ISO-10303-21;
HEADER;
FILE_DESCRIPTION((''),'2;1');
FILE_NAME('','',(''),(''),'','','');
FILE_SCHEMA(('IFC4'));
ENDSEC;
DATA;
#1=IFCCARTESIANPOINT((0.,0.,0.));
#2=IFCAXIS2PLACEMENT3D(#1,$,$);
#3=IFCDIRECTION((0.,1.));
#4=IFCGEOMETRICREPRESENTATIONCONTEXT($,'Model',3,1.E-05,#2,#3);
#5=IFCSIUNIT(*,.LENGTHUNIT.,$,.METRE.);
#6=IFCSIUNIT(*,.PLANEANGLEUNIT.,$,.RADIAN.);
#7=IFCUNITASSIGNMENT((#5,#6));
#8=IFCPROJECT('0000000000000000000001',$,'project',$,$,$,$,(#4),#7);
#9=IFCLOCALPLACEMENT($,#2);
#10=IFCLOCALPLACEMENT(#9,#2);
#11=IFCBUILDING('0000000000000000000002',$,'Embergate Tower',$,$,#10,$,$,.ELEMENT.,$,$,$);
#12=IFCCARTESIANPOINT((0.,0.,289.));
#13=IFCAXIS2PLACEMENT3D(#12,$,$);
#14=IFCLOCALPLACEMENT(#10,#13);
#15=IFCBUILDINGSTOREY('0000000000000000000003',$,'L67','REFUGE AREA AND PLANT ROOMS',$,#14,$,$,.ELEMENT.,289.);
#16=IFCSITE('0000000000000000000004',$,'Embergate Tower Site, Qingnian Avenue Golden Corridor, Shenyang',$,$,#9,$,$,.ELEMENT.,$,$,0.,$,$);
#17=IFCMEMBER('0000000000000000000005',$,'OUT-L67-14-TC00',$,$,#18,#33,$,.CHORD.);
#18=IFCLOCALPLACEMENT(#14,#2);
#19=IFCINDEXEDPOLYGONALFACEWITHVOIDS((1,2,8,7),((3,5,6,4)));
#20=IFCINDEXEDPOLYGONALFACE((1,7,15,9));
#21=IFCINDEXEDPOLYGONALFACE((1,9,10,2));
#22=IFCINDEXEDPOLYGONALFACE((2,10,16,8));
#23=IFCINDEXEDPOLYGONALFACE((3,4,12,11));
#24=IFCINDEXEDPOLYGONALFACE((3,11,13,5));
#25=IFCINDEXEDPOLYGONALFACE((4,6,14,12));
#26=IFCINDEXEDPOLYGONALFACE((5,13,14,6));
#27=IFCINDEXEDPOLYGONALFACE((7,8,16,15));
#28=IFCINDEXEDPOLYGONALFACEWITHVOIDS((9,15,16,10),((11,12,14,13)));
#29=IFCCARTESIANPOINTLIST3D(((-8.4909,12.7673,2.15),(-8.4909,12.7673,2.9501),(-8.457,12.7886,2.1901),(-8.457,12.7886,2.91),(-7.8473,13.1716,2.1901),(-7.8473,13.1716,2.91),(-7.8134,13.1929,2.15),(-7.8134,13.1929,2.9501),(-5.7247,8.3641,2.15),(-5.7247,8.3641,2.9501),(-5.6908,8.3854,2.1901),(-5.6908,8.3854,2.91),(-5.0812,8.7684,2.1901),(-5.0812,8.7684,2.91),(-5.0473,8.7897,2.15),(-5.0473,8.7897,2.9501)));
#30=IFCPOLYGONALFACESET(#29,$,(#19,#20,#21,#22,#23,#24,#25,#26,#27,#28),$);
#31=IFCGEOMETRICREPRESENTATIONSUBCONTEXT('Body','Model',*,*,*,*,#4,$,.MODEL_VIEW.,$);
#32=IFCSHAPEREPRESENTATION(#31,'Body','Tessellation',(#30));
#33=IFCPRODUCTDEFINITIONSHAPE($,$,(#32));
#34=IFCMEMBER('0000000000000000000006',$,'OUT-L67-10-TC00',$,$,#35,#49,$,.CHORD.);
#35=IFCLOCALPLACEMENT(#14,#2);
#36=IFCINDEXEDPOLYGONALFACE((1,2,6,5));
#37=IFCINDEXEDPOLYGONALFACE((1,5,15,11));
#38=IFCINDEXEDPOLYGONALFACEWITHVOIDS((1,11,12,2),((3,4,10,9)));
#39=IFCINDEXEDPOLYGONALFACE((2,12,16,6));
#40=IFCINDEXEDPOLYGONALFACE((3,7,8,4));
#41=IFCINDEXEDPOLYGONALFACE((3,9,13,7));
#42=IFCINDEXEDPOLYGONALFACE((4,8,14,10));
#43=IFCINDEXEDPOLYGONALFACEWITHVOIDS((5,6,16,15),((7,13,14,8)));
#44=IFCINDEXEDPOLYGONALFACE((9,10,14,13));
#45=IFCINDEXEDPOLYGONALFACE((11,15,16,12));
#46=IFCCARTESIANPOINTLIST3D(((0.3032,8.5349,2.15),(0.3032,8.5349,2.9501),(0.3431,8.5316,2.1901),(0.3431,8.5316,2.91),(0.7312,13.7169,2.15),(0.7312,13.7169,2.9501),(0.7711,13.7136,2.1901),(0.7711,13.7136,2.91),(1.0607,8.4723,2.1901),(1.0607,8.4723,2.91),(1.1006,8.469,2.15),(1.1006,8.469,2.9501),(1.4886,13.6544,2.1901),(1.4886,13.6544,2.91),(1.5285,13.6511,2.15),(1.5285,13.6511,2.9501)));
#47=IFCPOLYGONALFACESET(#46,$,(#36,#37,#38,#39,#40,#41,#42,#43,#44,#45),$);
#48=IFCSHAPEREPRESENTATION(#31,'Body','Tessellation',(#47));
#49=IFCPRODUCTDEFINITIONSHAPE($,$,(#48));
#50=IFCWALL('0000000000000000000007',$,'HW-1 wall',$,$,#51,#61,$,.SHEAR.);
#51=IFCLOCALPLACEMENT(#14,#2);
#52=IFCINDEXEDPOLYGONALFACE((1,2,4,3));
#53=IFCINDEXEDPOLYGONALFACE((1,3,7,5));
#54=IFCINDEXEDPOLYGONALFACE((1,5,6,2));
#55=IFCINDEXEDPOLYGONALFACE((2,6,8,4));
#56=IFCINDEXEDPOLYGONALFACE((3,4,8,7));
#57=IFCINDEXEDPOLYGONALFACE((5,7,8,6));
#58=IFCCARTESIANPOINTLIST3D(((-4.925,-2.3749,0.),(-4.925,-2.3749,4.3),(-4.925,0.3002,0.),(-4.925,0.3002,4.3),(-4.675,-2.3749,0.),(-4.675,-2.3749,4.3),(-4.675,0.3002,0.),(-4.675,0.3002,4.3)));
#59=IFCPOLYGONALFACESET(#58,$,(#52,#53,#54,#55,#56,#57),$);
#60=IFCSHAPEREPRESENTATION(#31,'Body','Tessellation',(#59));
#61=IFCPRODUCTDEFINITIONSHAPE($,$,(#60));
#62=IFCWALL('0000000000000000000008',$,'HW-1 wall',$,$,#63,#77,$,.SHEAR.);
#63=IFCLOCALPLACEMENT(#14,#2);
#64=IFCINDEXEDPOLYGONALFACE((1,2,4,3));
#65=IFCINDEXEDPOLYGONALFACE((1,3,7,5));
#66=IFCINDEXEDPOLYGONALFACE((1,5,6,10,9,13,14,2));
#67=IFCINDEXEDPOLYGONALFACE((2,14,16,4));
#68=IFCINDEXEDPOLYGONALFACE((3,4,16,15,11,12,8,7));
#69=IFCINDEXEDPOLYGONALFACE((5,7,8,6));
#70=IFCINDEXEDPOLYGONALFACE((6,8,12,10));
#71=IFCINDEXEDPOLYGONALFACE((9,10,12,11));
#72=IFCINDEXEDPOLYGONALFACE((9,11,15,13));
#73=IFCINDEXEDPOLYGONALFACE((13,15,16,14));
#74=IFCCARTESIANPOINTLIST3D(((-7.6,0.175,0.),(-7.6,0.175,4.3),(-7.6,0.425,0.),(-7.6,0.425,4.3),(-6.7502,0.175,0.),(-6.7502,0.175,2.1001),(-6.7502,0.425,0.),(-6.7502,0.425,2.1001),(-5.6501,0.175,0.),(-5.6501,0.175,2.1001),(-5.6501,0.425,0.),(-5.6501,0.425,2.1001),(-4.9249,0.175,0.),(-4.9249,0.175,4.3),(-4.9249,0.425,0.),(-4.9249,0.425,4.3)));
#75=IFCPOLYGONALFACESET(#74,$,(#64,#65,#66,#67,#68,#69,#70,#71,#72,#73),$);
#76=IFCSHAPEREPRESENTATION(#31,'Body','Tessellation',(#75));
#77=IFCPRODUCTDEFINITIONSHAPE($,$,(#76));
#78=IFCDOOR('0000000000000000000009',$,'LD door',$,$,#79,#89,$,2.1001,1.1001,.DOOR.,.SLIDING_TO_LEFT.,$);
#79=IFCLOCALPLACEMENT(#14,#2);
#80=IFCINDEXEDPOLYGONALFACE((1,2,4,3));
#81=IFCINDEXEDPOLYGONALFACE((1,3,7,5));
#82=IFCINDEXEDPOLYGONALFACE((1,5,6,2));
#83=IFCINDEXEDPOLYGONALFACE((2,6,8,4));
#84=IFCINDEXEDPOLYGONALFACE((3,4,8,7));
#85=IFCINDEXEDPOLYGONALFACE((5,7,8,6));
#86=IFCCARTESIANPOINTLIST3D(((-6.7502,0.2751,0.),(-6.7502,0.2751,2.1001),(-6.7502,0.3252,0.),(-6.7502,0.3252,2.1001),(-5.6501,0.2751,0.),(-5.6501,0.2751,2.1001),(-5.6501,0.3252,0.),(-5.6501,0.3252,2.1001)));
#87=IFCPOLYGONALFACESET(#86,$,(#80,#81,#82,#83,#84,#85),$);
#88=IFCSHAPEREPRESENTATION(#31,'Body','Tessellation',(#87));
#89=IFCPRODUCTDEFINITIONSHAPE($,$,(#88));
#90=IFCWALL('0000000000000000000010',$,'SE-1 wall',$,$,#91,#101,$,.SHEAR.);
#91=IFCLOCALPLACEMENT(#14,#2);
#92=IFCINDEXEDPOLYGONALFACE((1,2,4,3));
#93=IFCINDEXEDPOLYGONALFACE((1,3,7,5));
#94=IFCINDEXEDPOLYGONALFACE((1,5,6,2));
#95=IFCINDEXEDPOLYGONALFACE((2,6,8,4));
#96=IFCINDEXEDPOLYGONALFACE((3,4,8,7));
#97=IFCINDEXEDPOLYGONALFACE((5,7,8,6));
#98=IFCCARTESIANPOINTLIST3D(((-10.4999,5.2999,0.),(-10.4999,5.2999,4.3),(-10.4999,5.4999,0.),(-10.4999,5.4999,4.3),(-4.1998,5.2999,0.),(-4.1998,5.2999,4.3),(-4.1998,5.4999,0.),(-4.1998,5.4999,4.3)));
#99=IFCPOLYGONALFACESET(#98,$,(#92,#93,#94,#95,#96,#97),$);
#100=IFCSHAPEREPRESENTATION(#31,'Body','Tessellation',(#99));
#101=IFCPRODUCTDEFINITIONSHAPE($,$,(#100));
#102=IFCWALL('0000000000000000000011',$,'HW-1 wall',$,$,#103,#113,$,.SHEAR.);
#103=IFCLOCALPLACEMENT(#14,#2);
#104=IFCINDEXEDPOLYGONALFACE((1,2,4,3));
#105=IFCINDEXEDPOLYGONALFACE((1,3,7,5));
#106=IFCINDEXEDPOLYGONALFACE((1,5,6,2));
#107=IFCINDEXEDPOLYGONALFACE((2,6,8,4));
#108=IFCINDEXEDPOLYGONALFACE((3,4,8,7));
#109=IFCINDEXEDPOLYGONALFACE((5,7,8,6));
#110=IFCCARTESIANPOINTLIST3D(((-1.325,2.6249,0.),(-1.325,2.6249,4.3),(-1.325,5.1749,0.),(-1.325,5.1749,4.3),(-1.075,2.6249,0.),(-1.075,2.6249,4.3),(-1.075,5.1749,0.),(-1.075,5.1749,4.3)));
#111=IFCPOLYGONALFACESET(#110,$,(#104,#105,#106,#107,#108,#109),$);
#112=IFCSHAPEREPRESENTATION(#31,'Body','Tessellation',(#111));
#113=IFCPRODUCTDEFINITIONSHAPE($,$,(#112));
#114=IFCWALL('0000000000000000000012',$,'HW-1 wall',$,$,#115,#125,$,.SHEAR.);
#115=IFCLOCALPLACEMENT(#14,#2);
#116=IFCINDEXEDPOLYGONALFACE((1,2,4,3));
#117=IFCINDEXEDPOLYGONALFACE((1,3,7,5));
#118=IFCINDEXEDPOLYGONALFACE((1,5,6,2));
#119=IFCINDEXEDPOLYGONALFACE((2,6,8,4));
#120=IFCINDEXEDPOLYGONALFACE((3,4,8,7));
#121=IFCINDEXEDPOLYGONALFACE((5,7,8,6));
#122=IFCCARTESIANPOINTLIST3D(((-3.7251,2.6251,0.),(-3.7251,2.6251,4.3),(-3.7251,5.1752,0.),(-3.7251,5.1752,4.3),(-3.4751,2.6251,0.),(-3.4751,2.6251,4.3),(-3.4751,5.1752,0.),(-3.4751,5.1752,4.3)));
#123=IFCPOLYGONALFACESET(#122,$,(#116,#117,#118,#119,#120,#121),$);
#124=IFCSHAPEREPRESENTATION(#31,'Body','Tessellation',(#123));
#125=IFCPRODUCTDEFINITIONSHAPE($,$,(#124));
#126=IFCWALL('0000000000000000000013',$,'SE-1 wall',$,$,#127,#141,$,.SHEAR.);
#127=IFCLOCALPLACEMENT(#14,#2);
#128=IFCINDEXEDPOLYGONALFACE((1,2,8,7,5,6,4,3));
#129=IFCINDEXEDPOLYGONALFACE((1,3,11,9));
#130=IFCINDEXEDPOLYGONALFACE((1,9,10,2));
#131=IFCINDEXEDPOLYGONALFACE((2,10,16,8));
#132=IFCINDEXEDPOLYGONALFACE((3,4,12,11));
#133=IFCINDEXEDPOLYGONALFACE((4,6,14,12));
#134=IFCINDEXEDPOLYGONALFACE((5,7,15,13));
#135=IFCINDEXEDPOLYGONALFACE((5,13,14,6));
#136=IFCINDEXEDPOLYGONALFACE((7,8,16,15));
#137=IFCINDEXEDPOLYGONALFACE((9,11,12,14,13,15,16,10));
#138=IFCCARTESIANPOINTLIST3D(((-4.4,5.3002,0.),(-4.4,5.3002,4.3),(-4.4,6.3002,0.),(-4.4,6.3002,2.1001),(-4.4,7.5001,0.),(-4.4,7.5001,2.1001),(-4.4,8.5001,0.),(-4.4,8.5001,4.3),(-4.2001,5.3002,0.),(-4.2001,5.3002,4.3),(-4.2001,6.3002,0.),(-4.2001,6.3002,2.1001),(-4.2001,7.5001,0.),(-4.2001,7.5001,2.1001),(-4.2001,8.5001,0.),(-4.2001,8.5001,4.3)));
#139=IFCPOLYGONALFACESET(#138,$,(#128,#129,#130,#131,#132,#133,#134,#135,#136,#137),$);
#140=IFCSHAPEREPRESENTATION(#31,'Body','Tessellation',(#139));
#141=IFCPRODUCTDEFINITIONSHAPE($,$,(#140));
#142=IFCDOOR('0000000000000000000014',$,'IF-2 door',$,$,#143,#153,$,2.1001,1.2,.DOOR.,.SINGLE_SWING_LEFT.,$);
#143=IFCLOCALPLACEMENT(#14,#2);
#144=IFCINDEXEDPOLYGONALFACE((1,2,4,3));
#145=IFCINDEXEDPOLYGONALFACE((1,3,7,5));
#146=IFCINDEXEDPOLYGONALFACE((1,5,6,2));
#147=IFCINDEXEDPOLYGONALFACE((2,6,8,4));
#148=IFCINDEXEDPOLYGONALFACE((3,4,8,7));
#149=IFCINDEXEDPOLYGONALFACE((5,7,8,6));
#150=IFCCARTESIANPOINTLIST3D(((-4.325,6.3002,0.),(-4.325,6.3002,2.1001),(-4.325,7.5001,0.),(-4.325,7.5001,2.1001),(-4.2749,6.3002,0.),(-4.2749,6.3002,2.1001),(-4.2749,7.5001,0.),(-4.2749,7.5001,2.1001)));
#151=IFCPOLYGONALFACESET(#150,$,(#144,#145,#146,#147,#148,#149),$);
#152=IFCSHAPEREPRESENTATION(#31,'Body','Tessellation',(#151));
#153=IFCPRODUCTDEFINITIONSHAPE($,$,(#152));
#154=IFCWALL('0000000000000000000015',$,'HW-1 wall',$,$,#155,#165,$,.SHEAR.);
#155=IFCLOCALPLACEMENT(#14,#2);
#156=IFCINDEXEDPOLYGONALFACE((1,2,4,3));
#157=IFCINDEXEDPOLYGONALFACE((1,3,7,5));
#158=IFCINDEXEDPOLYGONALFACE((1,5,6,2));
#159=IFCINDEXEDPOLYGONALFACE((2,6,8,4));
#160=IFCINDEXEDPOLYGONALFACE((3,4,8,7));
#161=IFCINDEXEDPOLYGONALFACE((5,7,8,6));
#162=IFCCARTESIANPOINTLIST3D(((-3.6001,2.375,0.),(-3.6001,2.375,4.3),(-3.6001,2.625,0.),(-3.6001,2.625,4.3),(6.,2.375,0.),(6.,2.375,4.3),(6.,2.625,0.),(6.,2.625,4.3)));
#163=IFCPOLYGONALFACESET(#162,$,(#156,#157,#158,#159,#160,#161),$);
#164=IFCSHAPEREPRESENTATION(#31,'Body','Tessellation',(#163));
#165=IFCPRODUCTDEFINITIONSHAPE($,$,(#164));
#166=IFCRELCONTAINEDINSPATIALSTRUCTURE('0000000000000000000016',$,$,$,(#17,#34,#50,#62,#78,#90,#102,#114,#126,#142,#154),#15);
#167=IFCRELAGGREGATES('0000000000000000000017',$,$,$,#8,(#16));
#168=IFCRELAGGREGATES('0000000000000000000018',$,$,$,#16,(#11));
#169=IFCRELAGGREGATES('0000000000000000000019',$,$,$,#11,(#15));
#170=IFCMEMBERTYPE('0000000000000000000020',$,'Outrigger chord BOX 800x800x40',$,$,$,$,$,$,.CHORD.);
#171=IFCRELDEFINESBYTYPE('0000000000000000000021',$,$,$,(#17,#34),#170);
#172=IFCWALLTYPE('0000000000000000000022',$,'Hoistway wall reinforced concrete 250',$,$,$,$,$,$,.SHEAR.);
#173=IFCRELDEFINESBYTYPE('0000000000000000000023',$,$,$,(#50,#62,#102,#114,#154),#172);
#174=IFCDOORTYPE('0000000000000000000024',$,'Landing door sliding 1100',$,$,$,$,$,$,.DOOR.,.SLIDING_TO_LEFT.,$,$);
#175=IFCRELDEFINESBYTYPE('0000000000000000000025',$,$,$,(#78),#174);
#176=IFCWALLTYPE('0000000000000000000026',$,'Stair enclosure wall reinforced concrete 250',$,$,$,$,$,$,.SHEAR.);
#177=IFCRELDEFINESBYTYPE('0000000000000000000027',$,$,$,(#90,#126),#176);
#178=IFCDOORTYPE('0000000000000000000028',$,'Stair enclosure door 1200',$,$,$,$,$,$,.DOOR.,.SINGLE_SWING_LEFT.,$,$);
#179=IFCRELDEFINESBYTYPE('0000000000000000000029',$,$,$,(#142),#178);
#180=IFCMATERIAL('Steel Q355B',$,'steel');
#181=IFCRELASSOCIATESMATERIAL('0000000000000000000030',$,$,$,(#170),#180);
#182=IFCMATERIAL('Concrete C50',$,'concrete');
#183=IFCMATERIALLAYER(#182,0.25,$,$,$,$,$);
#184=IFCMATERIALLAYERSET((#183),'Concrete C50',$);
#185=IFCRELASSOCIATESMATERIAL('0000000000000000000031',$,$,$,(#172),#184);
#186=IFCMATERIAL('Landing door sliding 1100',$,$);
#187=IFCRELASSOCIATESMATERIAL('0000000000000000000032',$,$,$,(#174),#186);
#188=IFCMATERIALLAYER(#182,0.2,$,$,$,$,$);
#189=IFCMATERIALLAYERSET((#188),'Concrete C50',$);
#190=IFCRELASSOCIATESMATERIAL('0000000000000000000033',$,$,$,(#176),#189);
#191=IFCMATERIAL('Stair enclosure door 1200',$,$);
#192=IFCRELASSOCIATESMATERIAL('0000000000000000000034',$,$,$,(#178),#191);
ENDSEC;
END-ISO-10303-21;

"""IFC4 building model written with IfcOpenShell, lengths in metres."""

from ifc_helpers import new_model, si_unit, direction, frame, frame_2d, origin, origin_2d, place, context, subcontext, project, spatial, rectangle, hollow_rectangle, extrude, source, transform, mapped, material, layer, layer_set, material_profile, profile_set, type_object, element, fill, save


model = new_model("IFC4")

# Units and contexts
model_context = context("Model", 3, precision=1e-05, world=origin(), true_north=direction((0.0, 1.0)))
body_context = subcontext(model_context, "Body", "Model", "MODEL_VIEW")
ifc_project = project(units=[si_unit("LENGTHUNIT", "METRE"), si_unit("PLANEANGLEUNIT", "RADIAN")], contexts=[model_context])

# Site, building, storey
site_placement = place(None, origin())
site = spatial("IfcSite", under=ifc_project, at=site_placement, Name="Embergate Tower Site, Qingnian Avenue Golden Corridor, Shenyang", CompositionType="ELEMENT", RefElevation=0.0)
building_placement = place(site_placement, origin())
building = spatial("IfcBuilding", under=site, at=building_placement, Name="Embergate Tower", CompositionType="ELEMENT")
storey_placement = place(building_placement, frame((0.0, 0.0, 289.0)))
storey = spatial("IfcBuildingStorey", under=building, at=storey_placement, Name="L67", Description="REFUGE AREA AND PLANT ROOMS", CompositionType="ELEMENT", Elevation=289.0)

# Members
ifc_material_1 = material(Name="Steel Q355B", Category="steel")
ifc_material_profile = material_profile(ifc_material_1, hollow_rectangle(XDim=0.8, YDim=0.8, WallThickness=0.04, at=origin_2d()), Name="BOX 800x800x40")
ifc_profile_set = profile_set([ifc_material_profile], Name="Steel Q355 grade B")
member_type = type_object("IfcMemberType", Name="Outrigger chord BOX 800x800x40", PredefinedType="CHORD", material=ifc_profile_set)
shared_shape_1 = source(origin(), body_context, "Body", "SweptSolid", [
    extrude(hollow_rectangle(XDim=0.8, YDim=0.8, WallThickness=0.04, at=origin_2d()), origin(), (0.0, 0.0, 1.0), 5.2),
])
member_1_placement = place(storey_placement, frame((-5.386, 8.5769, 2.55), z_axis=(-0.53196, 0.846769, 0.0), x_axis=(-0.846769, -0.53196, 0.0)))
element("IfcMember", 1, at=member_1_placement, inside=storey, type_object=member_type, Name="OUT-L67-14-TC00", PredefinedType="CHORD", context=body_context, shape_type="MappedRepresentation", body=[
    mapped(shared_shape_1, transform((0.0, 0.0, 0.0))),
])
shared_shape_2 = source(origin(), body_context, "Body", "SweptSolid", [
    extrude(hollow_rectangle(XDim=0.8, YDim=0.8, WallThickness=0.04, at=origin_2d()), origin(), (0.0, 0.0, 1.0), 5.1997),
])
member_2_placement = place(storey_placement, frame((0.7019, 8.502, 2.55), z_axis=(0.082307, 0.996607, 0.0), x_axis=(-0.996607, 0.082307, 0.0)))
element("IfcMember", 2, at=member_2_placement, inside=storey, type_object=member_type, Name="OUT-L67-10-TC00", PredefinedType="CHORD", context=body_context, shape_type="MappedRepresentation", body=[
    mapped(shared_shape_2, transform((0.0, 0.0, 0.0))),
])

# Wall
ifc_material_2 = material(Name="Concrete C50", Category="concrete")
ifc_layer_1 = layer(ifc_material_2, 0.25)
ifc_layer_set_1 = layer_set([ifc_layer_1], Name="Concrete C50")
wall_type_1 = type_object("IfcWallType", Name="Hoistway wall reinforced concrete 250", PredefinedType="SHEAR", material=ifc_layer_set_1)
shared_shape_3 = source(origin(), body_context, "Body", "SweptSolid", [
    extrude(rectangle(XDim=2.675, YDim=0.25, at=frame_2d((1.3374, 0.0))), origin(), (0.0, 0.0, 1.0), 4.3),
])
wall_1_placement = place(storey_placement, frame((-4.8, 0.3, 0.0), z_axis=(0.0, 0.0, 1.0), x_axis=(0.0, -1.0, 0.0)))
element("IfcWall", 3, at=wall_1_placement, inside=storey, type_object=wall_type_1, Name="HW-1 wall", PredefinedType="SHEAR", context=body_context, shape_type="MappedRepresentation", body=[
    mapped(shared_shape_3, transform((0.0, 0.0, 0.0))),
])

# Wall, opening, door
wall_2_placement = place(storey_placement, frame((-4.925, 0.3, 0.0), z_axis=(0.0, 0.0, 1.0), x_axis=(-1.0, 0.0, 0.0)))
wall_2 = element("IfcWall", 4, at=wall_2_placement, inside=storey, type_object=wall_type_1, Name="HW-1 wall", PredefinedType="SHEAR", context=body_context, shape_type="MappedRepresentation", body=[
    mapped(shared_shape_3, transform((0.0, 0.0, 0.0))),
])
shared_shape_4 = source(origin(), body_context, "Body", "SweptSolid", [
    extrude(rectangle(XDim=1.1001, YDim=2.1001, at=frame_2d((0.55, 1.05))), frame((0.0, 0.135, 0.0), z_axis=(0.0, -1.0, 0.0), x_axis=(1.0, 0.0, 0.0)), (0.0, 0.0, 1.0), 0.27),
])
opening_1_placement = place(wall_2_placement, frame((0.7251, 0.0, 0.0)))
opening_1 = element("IfcOpeningElement", 5, at=opening_1_placement, cuts=wall_2, PredefinedType="OPENING", context=body_context, shape_type="MappedRepresentation", body=[
    mapped(shared_shape_4, transform((0.0, 0.0, 0.0))),
])
ifc_material_3 = material(Name="Landing door sliding 1100")
door_type_1 = type_object("IfcDoorType", Name="Landing door sliding 1100", OperationType="SLIDING_TO_LEFT", PredefinedType="DOOR", material=ifc_material_3)
shared_shape_5 = source(origin(), body_context, "Body", "SweptSolid", [
    extrude(rectangle(XDim=1.1001, YDim=2.1001, at=frame_2d((0.55, 1.05))), frame((0.0, 0.0249, 0.0), z_axis=(0.0, -1.0, 0.0), x_axis=(1.0, 0.0, 0.0)), (0.0, 0.0, 1.0), 0.05),
])
door_1_placement = place(opening_1_placement, origin())
door_1 = element("IfcDoor", 6, at=door_1_placement, inside=storey, type_object=door_type_1, Name="LD door", OperationType="SLIDING_TO_LEFT", OverallHeight=2.1001, OverallWidth=1.1001, PredefinedType="DOOR", context=body_context, shape_type="MappedRepresentation", body=[
    mapped(shared_shape_5, transform((0.0, 0.0, 0.0))),
])
fill(opening_1, door_1)

# Walls
ifc_layer_2 = layer(ifc_material_2, 0.2)
ifc_layer_set_2 = layer_set([ifc_layer_2], Name="Concrete C50")
wall_type_2 = type_object("IfcWallType", Name="Stair enclosure wall reinforced concrete 250", PredefinedType="SHEAR", material=ifc_layer_set_2)
shared_shape_6 = source(origin(), body_context, "Body", "SweptSolid", [
    extrude(rectangle(XDim=6.3, YDim=0.2, at=frame_2d((3.1499, 0.0))), origin(), (0.0, 0.0, 1.0), 4.3),
])
wall_3_placement = place(storey_placement, frame((-4.2, 5.3999, 0.0), z_axis=(0.0, 0.0, 1.0), x_axis=(-1.0, 0.0, 0.0)))
element("IfcWall", 7, at=wall_3_placement, inside=storey, type_object=wall_type_2, Name="SE-1 wall", PredefinedType="SHEAR", context=body_context, shape_type="MappedRepresentation", body=[
    mapped(shared_shape_6, transform((0.0, 0.0, 0.0))),
])
shared_shape_7 = source(origin(), body_context, "Body", "SweptSolid", [
    extrude(rectangle(XDim=2.55, YDim=0.25, at=frame_2d((1.2749, 0.0))), origin(), (0.0, 0.0, 1.0), 4.3),
])
for number, where, z_axis, x_axis, name in (
    (8, (-1.2, 2.625, 0.0), (0.0, 0.0, 1.0), (0.0, 1.0, 0.0), "HW-1 wall"),
    (9, (-3.6001, 5.175, 0.0), (0.0, 0.0, 1.0), (0.0, -1.0, 0.0), "HW-1 wall"),
):
    element("IfcWall", number, at=place(storey_placement, frame(where, z_axis=z_axis, x_axis=x_axis)), inside=storey, type_object=wall_type_1, Name=name, PredefinedType="SHEAR", context=body_context, shape_type="MappedRepresentation", body=[
        mapped(shared_shape_7, transform((0.0, 0.0, 0.0))),
    ])

# Wall, opening, door
shared_shape_8 = source(origin(), body_context, "Body", "SweptSolid", [
    extrude(rectangle(XDim=3.2, YDim=0.2, at=frame_2d((1.6001, 0.0))), origin(), (0.0, 0.0, 1.0), 4.3),
])
wall_4_placement = place(storey_placement, frame((-4.3, 5.3, 0.0), z_axis=(0.0, 0.0, 1.0), x_axis=(0.0, 1.0, 0.0)))
wall_4 = element("IfcWall", 10, at=wall_4_placement, inside=storey, type_object=wall_type_2, Name="SE-1 wall", PredefinedType="SHEAR", context=body_context, shape_type="MappedRepresentation", body=[
    mapped(shared_shape_8, transform((0.0, 0.0, 0.0))),
])
shared_shape_9 = source(origin(), body_context, "Body", "SweptSolid", [
    extrude(rectangle(XDim=1.2, YDim=2.1001, at=frame_2d((0.6001, 1.05))), frame((0.0, 0.1099, 0.0), z_axis=(0.0, -1.0, 0.0), x_axis=(1.0, 0.0, 0.0)), (0.0, 0.0, 1.0), 0.22),
])
opening_2_placement = place(wall_4_placement, frame((1.0, 0.0, 0.0)))
opening_2 = element("IfcOpeningElement", 11, at=opening_2_placement, cuts=wall_4, PredefinedType="OPENING", context=body_context, shape_type="MappedRepresentation", body=[
    mapped(shared_shape_9, transform((0.0, 0.0, 0.0))),
])
ifc_material_4 = material(Name="Stair enclosure door 1200")
door_type_2 = type_object("IfcDoorType", Name="Stair enclosure door 1200", OperationType="SINGLE_SWING_LEFT", PredefinedType="DOOR", material=ifc_material_4)
shared_shape_10 = source(origin(), body_context, "Body", "SweptSolid", [
    extrude(rectangle(XDim=1.2, YDim=2.1001, at=frame_2d((0.6001, 1.05))), frame((0.0, 0.0249, 0.0), z_axis=(0.0, -1.0, 0.0), x_axis=(1.0, 0.0, 0.0)), (0.0, 0.0, 1.0), 0.05),
])
door_2_placement = place(opening_2_placement, origin())
door_2 = element("IfcDoor", 12, at=door_2_placement, inside=storey, type_object=door_type_2, Name="IF-2 door", OperationType="SINGLE_SWING_LEFT", OverallHeight=2.1001, OverallWidth=1.2, PredefinedType="DOOR", context=body_context, shape_type="MappedRepresentation", body=[
    mapped(shared_shape_10, transform((0.0, 0.0, 0.0))),
])
fill(opening_2, door_2)

# Wall
shared_shape_11 = source(origin(), body_context, "Body", "SweptSolid", [
    extrude(rectangle(XDim=9.6001, YDim=0.25, at=frame_2d((4.8, 0.0))), origin(), (0.0, 0.0, 1.0), 4.3),
])
wall_5_placement = place(storey_placement, frame((-3.6001, 2.5, 0.0), z_axis=(0.0, 0.0, 1.0), x_axis=(1.0, 0.0, 0.0)))
element("IfcWall", 13, at=wall_5_placement, inside=storey, type_object=wall_type_1, Name="HW-1 wall", PredefinedType="SHEAR", context=body_context, shape_type="MappedRepresentation", body=[
    mapped(shared_shape_11, transform((0.0, 0.0, 0.0))),
])

save(model, "model.ifc")
